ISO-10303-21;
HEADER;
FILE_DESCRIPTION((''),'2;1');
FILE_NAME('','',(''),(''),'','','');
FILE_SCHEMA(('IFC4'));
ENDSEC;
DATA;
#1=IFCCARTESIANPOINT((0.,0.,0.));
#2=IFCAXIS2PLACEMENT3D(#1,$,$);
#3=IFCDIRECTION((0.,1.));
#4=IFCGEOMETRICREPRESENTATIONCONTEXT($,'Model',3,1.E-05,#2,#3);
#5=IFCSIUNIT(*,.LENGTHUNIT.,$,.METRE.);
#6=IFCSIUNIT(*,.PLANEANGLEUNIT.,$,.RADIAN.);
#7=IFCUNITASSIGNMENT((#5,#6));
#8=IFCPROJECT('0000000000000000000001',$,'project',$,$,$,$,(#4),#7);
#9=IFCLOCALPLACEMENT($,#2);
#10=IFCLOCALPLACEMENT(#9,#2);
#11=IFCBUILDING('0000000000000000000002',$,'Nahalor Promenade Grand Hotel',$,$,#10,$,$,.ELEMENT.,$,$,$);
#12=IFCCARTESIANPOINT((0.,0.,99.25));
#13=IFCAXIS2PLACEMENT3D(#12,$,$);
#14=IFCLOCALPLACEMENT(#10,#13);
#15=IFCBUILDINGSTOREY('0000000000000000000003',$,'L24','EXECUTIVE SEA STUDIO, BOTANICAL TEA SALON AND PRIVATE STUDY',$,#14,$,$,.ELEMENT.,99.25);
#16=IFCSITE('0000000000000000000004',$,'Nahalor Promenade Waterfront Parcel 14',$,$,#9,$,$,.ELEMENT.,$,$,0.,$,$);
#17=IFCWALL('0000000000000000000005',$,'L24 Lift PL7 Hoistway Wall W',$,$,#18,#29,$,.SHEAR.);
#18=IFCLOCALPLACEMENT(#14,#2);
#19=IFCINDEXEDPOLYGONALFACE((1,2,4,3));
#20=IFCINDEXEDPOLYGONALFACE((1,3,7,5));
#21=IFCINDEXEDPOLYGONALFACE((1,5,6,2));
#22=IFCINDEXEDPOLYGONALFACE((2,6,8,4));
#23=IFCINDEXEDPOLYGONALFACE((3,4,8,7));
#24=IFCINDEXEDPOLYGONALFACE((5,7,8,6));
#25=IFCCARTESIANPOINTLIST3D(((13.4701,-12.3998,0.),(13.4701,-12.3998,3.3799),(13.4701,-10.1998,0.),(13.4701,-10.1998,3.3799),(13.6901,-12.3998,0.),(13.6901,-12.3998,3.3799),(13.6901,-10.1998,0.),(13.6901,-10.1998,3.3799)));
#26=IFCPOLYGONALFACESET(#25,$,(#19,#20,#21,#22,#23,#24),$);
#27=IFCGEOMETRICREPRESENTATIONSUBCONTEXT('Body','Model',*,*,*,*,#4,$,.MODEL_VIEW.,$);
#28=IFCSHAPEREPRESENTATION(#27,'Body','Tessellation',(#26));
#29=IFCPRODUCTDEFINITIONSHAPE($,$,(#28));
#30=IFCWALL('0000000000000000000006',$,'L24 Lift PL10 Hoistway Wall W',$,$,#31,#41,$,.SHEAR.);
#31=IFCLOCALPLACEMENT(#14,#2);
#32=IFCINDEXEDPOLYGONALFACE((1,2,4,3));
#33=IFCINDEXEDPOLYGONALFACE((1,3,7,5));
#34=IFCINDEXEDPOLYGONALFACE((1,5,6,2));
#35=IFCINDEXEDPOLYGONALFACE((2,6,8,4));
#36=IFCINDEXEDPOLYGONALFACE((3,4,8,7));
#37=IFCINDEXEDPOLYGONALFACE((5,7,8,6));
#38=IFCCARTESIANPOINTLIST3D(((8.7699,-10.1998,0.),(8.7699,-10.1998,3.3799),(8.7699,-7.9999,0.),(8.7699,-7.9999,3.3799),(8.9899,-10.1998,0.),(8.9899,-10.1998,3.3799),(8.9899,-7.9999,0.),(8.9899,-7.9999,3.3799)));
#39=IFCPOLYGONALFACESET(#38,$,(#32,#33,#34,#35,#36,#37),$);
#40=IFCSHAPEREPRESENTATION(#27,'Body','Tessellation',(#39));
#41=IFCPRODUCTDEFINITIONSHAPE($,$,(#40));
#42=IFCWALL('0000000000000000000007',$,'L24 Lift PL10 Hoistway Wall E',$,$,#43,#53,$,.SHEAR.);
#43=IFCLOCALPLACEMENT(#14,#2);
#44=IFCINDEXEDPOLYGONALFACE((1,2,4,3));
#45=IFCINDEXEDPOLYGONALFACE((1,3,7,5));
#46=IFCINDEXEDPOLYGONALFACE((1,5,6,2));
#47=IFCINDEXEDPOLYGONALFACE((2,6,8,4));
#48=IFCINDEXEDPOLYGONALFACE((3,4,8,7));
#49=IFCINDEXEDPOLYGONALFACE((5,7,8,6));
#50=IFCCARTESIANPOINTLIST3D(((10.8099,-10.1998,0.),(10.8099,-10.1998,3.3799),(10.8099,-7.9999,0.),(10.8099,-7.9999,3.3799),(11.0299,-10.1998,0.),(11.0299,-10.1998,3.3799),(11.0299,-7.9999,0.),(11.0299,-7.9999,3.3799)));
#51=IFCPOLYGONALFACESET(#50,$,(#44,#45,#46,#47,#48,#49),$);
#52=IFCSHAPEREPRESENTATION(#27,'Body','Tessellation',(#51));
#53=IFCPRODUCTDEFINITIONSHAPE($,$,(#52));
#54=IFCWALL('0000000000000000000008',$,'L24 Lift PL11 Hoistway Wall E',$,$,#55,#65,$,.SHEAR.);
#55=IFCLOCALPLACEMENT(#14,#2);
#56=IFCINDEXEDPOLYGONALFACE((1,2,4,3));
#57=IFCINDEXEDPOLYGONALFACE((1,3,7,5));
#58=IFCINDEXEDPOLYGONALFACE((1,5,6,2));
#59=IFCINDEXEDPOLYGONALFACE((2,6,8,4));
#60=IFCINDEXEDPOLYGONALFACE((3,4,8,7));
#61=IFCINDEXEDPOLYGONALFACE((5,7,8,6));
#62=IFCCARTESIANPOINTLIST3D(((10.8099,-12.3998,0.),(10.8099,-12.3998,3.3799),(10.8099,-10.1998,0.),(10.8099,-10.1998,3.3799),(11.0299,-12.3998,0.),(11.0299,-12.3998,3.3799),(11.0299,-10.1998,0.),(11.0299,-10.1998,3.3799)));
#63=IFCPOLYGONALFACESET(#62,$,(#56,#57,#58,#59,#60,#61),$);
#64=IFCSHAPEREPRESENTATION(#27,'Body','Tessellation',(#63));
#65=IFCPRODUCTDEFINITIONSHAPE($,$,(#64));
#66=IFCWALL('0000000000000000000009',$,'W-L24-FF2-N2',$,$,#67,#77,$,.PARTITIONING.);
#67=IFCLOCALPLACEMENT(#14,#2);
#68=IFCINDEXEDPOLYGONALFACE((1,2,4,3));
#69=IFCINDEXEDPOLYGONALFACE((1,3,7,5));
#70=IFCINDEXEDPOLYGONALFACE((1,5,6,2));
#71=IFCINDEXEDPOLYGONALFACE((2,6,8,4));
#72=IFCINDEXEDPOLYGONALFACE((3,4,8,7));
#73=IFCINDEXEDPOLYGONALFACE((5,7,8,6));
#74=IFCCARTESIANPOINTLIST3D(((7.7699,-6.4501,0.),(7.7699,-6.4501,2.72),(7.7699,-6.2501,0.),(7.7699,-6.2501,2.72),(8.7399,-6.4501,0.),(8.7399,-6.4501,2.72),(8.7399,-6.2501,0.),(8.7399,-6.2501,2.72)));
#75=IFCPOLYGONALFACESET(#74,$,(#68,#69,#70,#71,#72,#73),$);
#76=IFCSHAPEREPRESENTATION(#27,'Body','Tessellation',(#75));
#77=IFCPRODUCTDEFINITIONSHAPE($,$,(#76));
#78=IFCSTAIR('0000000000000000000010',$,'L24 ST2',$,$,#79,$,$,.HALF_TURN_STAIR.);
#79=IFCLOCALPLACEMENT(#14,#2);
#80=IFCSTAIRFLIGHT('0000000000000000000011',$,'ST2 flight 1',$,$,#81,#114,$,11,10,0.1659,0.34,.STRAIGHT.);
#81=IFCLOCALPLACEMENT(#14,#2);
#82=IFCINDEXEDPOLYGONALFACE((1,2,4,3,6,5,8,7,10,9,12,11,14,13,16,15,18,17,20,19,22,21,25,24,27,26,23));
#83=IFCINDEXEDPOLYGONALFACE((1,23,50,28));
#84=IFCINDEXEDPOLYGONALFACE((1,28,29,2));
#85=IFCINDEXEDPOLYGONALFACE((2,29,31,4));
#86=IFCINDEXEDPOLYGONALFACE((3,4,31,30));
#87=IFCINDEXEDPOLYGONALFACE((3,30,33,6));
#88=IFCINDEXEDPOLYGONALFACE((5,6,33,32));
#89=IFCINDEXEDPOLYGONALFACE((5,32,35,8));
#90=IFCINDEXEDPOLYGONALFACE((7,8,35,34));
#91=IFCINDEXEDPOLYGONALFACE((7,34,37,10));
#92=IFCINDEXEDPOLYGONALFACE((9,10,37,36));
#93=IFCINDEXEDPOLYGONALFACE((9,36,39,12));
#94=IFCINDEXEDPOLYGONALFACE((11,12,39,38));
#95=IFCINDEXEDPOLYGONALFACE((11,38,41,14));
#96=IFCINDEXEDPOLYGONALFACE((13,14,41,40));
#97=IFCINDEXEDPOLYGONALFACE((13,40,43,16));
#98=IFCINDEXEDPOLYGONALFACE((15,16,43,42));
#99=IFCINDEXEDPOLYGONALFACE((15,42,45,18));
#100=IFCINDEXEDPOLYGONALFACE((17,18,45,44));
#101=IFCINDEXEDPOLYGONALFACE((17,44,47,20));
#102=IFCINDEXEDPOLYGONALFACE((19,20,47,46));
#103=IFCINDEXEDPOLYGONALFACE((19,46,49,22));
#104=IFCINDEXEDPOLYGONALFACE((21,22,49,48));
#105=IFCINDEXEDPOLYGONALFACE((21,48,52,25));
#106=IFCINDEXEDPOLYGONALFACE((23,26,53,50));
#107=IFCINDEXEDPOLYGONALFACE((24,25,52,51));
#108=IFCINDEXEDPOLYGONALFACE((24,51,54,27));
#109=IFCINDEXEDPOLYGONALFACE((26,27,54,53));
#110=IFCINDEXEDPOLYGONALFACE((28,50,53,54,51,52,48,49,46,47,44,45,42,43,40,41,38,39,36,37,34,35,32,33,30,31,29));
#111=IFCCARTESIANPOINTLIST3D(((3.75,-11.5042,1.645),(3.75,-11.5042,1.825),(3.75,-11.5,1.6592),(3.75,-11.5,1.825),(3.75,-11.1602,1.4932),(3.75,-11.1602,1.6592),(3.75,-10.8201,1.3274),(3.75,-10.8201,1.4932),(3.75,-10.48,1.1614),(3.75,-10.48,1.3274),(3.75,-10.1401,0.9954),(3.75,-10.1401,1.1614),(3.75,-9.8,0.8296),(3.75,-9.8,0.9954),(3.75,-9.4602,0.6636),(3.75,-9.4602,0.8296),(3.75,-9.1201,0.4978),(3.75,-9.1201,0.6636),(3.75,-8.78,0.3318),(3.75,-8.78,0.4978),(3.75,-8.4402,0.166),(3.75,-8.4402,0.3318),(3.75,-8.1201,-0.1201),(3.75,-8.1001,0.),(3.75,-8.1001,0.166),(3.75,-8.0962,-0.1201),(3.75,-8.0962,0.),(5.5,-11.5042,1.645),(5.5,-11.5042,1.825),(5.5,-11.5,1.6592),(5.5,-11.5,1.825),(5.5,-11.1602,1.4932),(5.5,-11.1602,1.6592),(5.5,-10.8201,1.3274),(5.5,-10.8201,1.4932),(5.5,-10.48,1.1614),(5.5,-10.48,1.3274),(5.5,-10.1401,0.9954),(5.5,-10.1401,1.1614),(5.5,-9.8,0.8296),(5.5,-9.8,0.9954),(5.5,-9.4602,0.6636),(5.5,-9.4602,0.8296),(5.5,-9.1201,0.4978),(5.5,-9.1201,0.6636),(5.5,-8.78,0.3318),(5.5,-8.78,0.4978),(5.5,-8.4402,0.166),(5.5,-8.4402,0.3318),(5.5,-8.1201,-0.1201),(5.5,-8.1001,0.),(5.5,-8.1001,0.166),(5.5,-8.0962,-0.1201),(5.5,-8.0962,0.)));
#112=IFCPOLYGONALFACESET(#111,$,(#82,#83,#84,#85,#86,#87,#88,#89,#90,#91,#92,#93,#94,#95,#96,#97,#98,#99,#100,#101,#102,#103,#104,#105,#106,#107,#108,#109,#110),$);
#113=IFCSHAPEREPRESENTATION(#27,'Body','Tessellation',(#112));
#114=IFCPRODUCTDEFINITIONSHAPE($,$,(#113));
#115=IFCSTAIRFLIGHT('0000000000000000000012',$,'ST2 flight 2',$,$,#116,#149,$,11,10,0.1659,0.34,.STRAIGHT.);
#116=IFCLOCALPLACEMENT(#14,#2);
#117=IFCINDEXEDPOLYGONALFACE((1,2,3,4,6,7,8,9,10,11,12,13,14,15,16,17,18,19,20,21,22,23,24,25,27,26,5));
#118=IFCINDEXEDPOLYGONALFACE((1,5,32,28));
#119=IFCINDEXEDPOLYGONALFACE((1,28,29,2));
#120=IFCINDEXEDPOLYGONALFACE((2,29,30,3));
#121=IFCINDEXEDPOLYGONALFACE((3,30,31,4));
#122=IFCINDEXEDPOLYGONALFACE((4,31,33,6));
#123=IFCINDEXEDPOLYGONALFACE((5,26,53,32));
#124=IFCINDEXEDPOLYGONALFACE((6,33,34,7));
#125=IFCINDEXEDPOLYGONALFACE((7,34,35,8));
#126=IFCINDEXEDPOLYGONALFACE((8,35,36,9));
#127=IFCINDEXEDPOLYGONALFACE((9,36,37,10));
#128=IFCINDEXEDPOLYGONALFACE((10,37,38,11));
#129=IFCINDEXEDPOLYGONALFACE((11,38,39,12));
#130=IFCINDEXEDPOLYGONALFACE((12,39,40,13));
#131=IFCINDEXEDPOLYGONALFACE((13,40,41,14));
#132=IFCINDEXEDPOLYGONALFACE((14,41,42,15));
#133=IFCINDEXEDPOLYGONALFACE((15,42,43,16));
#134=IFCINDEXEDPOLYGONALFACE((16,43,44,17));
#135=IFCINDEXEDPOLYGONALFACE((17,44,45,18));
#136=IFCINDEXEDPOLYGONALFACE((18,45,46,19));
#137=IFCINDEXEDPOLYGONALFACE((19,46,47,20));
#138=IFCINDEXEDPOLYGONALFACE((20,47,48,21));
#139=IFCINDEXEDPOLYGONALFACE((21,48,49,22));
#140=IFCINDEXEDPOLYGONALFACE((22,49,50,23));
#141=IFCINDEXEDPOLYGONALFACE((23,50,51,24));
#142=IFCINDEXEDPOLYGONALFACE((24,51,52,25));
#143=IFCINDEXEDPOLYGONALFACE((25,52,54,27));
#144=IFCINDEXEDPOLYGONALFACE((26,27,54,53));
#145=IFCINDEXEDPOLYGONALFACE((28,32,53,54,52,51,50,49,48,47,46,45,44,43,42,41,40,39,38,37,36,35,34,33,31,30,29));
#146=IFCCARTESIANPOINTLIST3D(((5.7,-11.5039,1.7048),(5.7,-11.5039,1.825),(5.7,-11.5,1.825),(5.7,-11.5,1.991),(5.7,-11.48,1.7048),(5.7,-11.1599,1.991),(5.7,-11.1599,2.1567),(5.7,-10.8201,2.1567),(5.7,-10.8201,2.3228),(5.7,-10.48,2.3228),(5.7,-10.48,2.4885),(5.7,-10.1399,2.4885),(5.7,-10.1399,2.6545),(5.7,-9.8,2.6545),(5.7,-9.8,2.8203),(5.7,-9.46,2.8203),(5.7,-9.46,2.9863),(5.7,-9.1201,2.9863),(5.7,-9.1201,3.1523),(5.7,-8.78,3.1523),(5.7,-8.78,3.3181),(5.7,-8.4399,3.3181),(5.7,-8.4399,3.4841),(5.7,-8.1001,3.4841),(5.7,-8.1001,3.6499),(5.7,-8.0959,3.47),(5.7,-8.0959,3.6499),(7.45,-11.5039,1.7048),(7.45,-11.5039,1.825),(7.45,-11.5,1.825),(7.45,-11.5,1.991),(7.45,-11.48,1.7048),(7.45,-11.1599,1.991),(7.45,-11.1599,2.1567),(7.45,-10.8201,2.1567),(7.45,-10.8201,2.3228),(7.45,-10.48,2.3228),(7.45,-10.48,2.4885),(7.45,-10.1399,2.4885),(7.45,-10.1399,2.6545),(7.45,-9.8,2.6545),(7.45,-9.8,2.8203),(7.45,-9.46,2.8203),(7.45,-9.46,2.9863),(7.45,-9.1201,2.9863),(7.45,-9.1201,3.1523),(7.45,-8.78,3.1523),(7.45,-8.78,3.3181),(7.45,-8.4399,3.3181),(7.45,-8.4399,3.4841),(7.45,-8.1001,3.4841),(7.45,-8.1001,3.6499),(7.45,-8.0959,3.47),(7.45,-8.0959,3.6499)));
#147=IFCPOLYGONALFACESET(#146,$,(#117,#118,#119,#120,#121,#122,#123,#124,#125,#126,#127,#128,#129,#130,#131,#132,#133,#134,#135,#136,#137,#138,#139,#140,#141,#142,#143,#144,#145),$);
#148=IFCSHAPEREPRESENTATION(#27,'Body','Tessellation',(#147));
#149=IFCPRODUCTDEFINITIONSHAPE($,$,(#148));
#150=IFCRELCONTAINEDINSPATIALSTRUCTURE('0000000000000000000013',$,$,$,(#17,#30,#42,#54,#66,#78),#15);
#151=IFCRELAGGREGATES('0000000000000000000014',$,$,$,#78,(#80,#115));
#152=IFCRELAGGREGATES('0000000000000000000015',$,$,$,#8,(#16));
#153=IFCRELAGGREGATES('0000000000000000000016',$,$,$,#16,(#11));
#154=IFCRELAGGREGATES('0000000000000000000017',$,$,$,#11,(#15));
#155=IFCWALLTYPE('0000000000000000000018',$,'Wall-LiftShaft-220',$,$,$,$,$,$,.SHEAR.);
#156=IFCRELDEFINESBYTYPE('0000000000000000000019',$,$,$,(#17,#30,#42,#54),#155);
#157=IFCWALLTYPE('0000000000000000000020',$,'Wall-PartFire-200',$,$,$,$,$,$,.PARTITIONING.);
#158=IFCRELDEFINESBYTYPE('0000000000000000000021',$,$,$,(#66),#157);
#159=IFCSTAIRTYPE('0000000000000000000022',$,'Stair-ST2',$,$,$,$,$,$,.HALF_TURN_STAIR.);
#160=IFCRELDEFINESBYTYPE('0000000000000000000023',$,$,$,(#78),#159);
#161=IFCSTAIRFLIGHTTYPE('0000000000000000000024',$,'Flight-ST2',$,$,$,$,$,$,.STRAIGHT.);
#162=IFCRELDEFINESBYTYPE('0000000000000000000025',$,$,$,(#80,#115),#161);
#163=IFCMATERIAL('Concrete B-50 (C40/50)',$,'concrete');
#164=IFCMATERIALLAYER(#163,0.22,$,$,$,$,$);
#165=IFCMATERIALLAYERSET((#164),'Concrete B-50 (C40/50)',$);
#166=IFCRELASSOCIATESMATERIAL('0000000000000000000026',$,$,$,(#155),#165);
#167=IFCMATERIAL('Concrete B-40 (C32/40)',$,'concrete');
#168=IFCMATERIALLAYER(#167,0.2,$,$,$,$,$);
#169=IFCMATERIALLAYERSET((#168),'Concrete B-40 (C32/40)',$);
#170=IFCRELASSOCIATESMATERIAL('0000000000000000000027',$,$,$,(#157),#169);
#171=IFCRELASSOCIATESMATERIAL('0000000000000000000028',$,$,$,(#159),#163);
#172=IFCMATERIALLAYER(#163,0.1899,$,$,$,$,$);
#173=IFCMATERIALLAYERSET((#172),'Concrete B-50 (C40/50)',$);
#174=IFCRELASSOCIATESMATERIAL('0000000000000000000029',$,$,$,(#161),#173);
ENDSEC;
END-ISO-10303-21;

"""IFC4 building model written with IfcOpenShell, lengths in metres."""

from ifc_helpers import new_model, si_unit, direction, frame, frame_2d, origin, place, context, subcontext, project, spatial, polyline, rectangle, outline, extrude, source, transform, mapped, material, layer, layer_set, type_object, element, aggregate, save


model = new_model("IFC4")

# Units and contexts
model_context = context("Model", 3, precision=1e-05, world=origin(), true_north=direction((0.0, 1.0)))
body_context = subcontext(model_context, "Body", "Model", "MODEL_VIEW")
ifc_project = project(units=[si_unit("LENGTHUNIT", "METRE"), si_unit("PLANEANGLEUNIT", "RADIAN")], contexts=[model_context])

# Site, building, storey
site_placement = place(None, origin())
site = spatial("IfcSite", under=ifc_project, at=site_placement, Name="Nahalor Promenade Waterfront Parcel 14", CompositionType="ELEMENT", RefElevation=0.0)
building_placement = place(site_placement, origin())
building = spatial("IfcBuilding", under=site, at=building_placement, Name="Nahalor Promenade Grand Hotel", CompositionType="ELEMENT")
storey_placement = place(building_placement, frame((0.0, 0.0, 99.25)))
storey = spatial("IfcBuildingStorey", under=building, at=storey_placement, Name="L24", Description="EXECUTIVE SEA STUDIO, BOTANICAL TEA SALON AND PRIVATE STUDY", CompositionType="ELEMENT", Elevation=99.25)

# Walls
ifc_material_1 = material(Name="Concrete B-50 (C40/50)", Category="concrete")
ifc_layer_1 = layer(ifc_material_1, 0.22)
ifc_layer_set_1 = layer_set([ifc_layer_1], Name="Concrete B-50 (C40/50)")
wall_type_1 = type_object("IfcWallType", Name="Wall-LiftShaft-220", PredefinedType="SHEAR", material=ifc_layer_set_1)
shared_shape_1 = source(origin(), body_context, "Body", "SweptSolid", [
    extrude(rectangle(XDim=2.2, YDim=0.22, at=frame_2d((1.1001, 0.0))), origin(), (0.0, 0.0, 1.0), 3.3799),
])
for number, where, z_axis, x_axis, name in (
    (1, (13.5801, -12.3999, 0.0), (0.0, 0.0, 1.0), (0.0, 1.0, 0.0), "L24 Lift PL7 Hoistway Wall W"),
    (2, (8.8799, -10.2, 0.0), (0.0, 0.0, 1.0), (0.0, 1.0, 0.0), "L24 Lift PL10 Hoistway Wall W"),
    (3, (10.9199, -10.2, 0.0), (0.0, 0.0, 1.0), (0.0, 1.0, 0.0), "L24 Lift PL10 Hoistway Wall E"),
    (4, (10.9199, -12.3999, 0.0), (0.0, 0.0, 1.0), (0.0, 1.0, 0.0), "L24 Lift PL11 Hoistway Wall E"),
):
    element("IfcWall", number, at=place(storey_placement, frame(where, z_axis=z_axis, x_axis=x_axis)), inside=storey, type_object=wall_type_1, Name=name, PredefinedType="SHEAR", context=body_context, shape_type="MappedRepresentation", body=[
        mapped(shared_shape_1, transform((0.0, 0.0, 0.0), scale=1.0)),
    ])
ifc_material_2 = material(Name="Concrete B-40 (C32/40)", Category="concrete")
ifc_layer_2 = layer(ifc_material_2, 0.2)
ifc_layer_set_2 = layer_set([ifc_layer_2], Name="Concrete B-40 (C32/40)")
wall_type_2 = type_object("IfcWallType", Name="Wall-PartFire-200", PredefinedType="PARTITIONING", material=ifc_layer_set_2)
shared_shape_2 = source(origin(), body_context, "Body", "SweptSolid", [
    extrude(rectangle(XDim=0.97, YDim=0.2, at=frame_2d((0.4849, 0.0))), origin(), (0.0, 0.0, 1.0), 2.72),
])
wall_1_placement = place(storey_placement, frame((7.77, -6.3501, 0.0), z_axis=(0.0, 0.0, 1.0), x_axis=(1.0, 0.0, 0.0)))
element("IfcWall", 5, at=wall_1_placement, inside=storey, type_object=wall_type_2, Name="W-L24-FF2-N2", PredefinedType="PARTITIONING", context=body_context, shape_type="MappedRepresentation", body=[
    mapped(shared_shape_2, transform((0.0, 0.0, 0.0), scale=1.0)),
])

# Stair, stair flights
stair_type = type_object("IfcStairType", Name="Stair-ST2", PredefinedType="HALF_TURN_STAIR", material=ifc_material_1)
stair_placement = place(storey_placement, origin())
stair = element("IfcStair", 6, at=stair_placement, inside=storey, type_object=stair_type, Name="L24 ST2", PredefinedType="HALF_TURN_STAIR")
ifc_layer_3 = layer(ifc_material_1, 0.1899)
ifc_layer_set_3 = layer_set([ifc_layer_3], Name="Concrete B-50 (C40/50)")
stair_flight_type = type_object("IfcStairFlightType", Name="Flight-ST2", PredefinedType="STRAIGHT", material=ifc_layer_set_3)
shared_shape_3 = source(origin(), body_context, "Body", "SweptSolid", [
    extrude(outline(polyline([(-0.0039, -0.1201), (-0.0039, 0.0), (0.0, 0.0), (0.0, 0.166), (0.3401, 0.166), (0.3401, 0.3318), (0.6799, 0.3318), (0.6799, 0.4978), (1.02, 0.4978), (1.02, 0.6636), (1.3601, 0.6636), (1.3601, 0.8296), (1.7, 0.8296), (1.7, 0.9954), (2.04, 0.9954), (2.04, 1.1614), (2.3799, 1.1614), (2.3799, 1.3274), (2.72, 1.3274), (2.72, 1.4932), (3.0601, 1.4932), (3.0601, 1.6592), (3.3999, 1.6592), (3.3999, 1.825), (3.4041, 1.825), (3.4041, 1.645), (0.02, -0.1201), (-0.0039, -0.1201)])), frame((0.0, 0.875, 0.0), z_axis=(0.0, -1.0, 0.0), x_axis=(1.0, 0.0, 0.0)), (0.0, 0.0, 1.0), 1.75),
])
stair_flight_1_placement = place(storey_placement, frame((4.625, -8.1001, 0.0), z_axis=(0.0, 0.0, 1.0), x_axis=(0.0, -1.0, 0.0)))
stair_flight_1 = element("IfcStairFlight", 7, at=stair_flight_1_placement, type_object=stair_flight_type, Name="ST2 flight 1", NumberOfRisers=11, NumberOfTreads=10, PredefinedType="STRAIGHT", RiserHeight=0.1659, TreadLength=0.34, context=body_context, shape_type="MappedRepresentation", body=[
    mapped(shared_shape_3, transform((0.0, 0.0, 0.0), scale=1.0)),
])
stair_flight_2_placement = place(storey_placement, frame((6.575, -11.5, 1.825), z_axis=(0.0, 0.0, 1.0), x_axis=(0.0, 1.0, 0.0)))
stair_flight_2 = element("IfcStairFlight", 8, at=stair_flight_2_placement, type_object=stair_flight_type, Name="ST2 flight 2", NumberOfRisers=11, NumberOfTreads=10, PredefinedType="STRAIGHT", RiserHeight=0.1659, TreadLength=0.34, context=body_context, shape_type="MappedRepresentation", body=[
    mapped(shared_shape_3, transform((0.0, 0.0, 0.0), scale=1.0)),
])
aggregate(stair, [stair_flight_1, stair_flight_2])

save(model, "model.ifc")
